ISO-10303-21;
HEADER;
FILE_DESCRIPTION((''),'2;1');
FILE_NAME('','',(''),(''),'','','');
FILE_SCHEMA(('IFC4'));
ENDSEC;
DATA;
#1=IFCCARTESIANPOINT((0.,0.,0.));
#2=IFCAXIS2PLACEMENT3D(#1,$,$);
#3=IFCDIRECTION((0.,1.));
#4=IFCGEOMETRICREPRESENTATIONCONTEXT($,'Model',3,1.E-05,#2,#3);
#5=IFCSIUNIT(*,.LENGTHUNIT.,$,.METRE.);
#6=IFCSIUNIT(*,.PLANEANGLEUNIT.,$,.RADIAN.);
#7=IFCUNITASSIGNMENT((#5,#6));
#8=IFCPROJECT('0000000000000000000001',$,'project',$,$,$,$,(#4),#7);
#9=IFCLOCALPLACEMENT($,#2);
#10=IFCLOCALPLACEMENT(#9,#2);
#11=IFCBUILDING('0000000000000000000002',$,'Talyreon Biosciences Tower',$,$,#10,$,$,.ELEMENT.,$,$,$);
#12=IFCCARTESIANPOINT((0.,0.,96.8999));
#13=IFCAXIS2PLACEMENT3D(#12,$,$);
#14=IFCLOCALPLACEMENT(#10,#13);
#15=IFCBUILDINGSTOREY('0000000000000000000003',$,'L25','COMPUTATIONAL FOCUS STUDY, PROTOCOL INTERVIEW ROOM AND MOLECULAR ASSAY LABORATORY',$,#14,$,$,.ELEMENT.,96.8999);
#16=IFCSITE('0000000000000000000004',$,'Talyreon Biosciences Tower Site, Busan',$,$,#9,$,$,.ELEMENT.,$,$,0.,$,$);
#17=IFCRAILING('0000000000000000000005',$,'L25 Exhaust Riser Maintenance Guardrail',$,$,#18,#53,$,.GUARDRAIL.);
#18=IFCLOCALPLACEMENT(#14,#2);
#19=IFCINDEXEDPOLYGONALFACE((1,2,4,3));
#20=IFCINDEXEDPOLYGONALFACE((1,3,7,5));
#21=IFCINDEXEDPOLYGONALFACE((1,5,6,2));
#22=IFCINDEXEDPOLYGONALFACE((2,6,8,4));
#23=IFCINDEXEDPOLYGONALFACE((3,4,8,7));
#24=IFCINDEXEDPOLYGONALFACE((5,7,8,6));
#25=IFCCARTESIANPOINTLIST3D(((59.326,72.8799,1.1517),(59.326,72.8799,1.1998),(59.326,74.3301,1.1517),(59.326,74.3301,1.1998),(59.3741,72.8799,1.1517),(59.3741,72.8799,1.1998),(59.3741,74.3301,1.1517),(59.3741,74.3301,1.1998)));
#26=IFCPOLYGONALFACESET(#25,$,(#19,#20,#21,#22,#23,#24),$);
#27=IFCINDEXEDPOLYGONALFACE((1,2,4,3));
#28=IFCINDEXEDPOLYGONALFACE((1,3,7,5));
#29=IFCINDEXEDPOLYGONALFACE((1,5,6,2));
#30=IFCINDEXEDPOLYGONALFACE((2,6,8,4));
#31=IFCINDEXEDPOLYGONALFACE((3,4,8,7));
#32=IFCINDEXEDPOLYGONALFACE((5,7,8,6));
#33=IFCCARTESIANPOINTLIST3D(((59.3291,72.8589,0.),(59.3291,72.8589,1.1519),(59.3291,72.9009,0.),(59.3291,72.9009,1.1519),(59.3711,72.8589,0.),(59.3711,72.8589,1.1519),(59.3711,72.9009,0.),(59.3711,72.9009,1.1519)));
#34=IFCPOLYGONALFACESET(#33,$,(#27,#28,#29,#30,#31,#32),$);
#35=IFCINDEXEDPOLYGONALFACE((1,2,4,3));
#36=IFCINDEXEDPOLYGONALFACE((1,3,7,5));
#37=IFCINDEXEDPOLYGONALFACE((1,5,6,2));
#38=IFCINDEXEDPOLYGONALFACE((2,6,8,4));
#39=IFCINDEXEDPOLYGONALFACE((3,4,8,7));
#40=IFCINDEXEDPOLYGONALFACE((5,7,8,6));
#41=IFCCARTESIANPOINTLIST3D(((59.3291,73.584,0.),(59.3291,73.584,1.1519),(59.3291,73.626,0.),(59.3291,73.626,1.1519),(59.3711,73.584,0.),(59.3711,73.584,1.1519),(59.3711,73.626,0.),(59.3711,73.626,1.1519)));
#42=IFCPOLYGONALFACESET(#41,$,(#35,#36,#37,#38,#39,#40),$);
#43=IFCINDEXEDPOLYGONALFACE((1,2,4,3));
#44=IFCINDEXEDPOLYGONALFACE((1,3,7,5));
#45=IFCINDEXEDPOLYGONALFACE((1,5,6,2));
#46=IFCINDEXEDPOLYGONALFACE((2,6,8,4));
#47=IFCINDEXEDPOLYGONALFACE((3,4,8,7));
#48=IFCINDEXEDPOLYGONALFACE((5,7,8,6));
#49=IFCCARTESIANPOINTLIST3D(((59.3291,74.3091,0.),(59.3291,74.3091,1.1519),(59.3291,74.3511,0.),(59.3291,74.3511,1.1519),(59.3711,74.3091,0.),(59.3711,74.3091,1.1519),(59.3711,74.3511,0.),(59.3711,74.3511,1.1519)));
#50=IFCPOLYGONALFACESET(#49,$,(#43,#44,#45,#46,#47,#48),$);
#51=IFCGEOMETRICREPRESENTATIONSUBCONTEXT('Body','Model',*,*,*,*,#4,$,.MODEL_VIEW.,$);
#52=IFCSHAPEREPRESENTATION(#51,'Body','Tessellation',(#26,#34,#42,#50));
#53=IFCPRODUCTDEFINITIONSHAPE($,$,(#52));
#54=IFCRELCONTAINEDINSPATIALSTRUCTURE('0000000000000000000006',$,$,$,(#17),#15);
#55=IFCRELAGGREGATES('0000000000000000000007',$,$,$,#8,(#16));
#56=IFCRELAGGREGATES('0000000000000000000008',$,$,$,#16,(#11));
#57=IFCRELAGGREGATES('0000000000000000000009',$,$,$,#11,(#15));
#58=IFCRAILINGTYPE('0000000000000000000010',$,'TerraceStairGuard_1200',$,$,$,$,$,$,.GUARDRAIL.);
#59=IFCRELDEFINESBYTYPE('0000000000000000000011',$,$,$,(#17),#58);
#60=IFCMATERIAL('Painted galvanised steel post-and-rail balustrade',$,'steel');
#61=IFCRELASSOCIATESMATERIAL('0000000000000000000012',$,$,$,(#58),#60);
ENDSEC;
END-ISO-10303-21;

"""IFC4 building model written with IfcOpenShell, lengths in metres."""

from ifc_helpers import new_model, si_unit, direction, frame, origin, origin_2d, place, context, subcontext, project, spatial, rectangle, extrude, material, type_object, element, save


model = new_model("IFC4")

# Units and contexts
model_context = context("Model", 3, precision=1e-05, world=origin(), true_north=direction((0.0, 1.0)))
body_context = subcontext(model_context, "Body", "Model", "MODEL_VIEW")
ifc_project = project(units=[si_unit("LENGTHUNIT", "METRE"), si_unit("PLANEANGLEUNIT", "RADIAN")], contexts=[model_context])

# Site, building, storey
site_placement = place(None, origin())
site = spatial("IfcSite", under=ifc_project, at=site_placement, Name="Talyreon Biosciences Tower Site, Busan", CompositionType="ELEMENT", RefElevation=0.0)
building_placement = place(site_placement, origin())
building = spatial("IfcBuilding", under=site, at=building_placement, Name="Talyreon Biosciences Tower", CompositionType="ELEMENT")
storey_placement = place(building_placement, frame((0.0, 0.0, 96.8999)))
storey = spatial("IfcBuildingStorey", under=building, at=storey_placement, Name="L25", Description="COMPUTATIONAL FOCUS STUDY, PROTOCOL INTERVIEW ROOM AND MOLECULAR ASSAY LABORATORY", CompositionType="ELEMENT", Elevation=96.8999)

# Railing
ifc_material_1 = material(Name="Painted galvanised steel post-and-rail balustrade", Category="steel")
railing_type_1 = type_object("IfcRailingType", Name="TerraceStairGuard_1200", PredefinedType="GUARDRAIL", material=ifc_material_1)
railing_1_placement = place(storey_placement, frame((59.3501, 72.8799, 0.0)))
element("IfcRailing", 1, at=railing_1_placement, inside=storey, type_object=railing_type_1, Name="L25 Exhaust Riser Maintenance Guardrail", PredefinedType="GUARDRAIL", context=body_context, shape_type="SweptSolid", body=[
    extrude(rectangle(XDim=0.0481, YDim=0.0481, at=origin_2d()), frame((0.0, 0.0, 1.1758), z_axis=(0.0, 1.0, 0.0), x_axis=(-1.0, 0.0, 0.0)), (0.0, 0.0, 1.0), 1.4502),
    extrude(rectangle(XDim=0.042, YDim=0.042, at=origin_2d()), origin(), (0.0, 0.0, 1.0), 1.1519),
    extrude(rectangle(XDim=0.042, YDim=0.042, at=origin_2d()), frame((0.0, 0.7251, 0.0)), (0.0, 0.0, 1.0), 1.1519),
    extrude(rectangle(XDim=0.042, YDim=0.042, at=origin_2d()), frame((0.0, 1.4502, 0.0)), (0.0, 0.0, 1.0), 1.1519),
])

save(model, "model.ifc")
